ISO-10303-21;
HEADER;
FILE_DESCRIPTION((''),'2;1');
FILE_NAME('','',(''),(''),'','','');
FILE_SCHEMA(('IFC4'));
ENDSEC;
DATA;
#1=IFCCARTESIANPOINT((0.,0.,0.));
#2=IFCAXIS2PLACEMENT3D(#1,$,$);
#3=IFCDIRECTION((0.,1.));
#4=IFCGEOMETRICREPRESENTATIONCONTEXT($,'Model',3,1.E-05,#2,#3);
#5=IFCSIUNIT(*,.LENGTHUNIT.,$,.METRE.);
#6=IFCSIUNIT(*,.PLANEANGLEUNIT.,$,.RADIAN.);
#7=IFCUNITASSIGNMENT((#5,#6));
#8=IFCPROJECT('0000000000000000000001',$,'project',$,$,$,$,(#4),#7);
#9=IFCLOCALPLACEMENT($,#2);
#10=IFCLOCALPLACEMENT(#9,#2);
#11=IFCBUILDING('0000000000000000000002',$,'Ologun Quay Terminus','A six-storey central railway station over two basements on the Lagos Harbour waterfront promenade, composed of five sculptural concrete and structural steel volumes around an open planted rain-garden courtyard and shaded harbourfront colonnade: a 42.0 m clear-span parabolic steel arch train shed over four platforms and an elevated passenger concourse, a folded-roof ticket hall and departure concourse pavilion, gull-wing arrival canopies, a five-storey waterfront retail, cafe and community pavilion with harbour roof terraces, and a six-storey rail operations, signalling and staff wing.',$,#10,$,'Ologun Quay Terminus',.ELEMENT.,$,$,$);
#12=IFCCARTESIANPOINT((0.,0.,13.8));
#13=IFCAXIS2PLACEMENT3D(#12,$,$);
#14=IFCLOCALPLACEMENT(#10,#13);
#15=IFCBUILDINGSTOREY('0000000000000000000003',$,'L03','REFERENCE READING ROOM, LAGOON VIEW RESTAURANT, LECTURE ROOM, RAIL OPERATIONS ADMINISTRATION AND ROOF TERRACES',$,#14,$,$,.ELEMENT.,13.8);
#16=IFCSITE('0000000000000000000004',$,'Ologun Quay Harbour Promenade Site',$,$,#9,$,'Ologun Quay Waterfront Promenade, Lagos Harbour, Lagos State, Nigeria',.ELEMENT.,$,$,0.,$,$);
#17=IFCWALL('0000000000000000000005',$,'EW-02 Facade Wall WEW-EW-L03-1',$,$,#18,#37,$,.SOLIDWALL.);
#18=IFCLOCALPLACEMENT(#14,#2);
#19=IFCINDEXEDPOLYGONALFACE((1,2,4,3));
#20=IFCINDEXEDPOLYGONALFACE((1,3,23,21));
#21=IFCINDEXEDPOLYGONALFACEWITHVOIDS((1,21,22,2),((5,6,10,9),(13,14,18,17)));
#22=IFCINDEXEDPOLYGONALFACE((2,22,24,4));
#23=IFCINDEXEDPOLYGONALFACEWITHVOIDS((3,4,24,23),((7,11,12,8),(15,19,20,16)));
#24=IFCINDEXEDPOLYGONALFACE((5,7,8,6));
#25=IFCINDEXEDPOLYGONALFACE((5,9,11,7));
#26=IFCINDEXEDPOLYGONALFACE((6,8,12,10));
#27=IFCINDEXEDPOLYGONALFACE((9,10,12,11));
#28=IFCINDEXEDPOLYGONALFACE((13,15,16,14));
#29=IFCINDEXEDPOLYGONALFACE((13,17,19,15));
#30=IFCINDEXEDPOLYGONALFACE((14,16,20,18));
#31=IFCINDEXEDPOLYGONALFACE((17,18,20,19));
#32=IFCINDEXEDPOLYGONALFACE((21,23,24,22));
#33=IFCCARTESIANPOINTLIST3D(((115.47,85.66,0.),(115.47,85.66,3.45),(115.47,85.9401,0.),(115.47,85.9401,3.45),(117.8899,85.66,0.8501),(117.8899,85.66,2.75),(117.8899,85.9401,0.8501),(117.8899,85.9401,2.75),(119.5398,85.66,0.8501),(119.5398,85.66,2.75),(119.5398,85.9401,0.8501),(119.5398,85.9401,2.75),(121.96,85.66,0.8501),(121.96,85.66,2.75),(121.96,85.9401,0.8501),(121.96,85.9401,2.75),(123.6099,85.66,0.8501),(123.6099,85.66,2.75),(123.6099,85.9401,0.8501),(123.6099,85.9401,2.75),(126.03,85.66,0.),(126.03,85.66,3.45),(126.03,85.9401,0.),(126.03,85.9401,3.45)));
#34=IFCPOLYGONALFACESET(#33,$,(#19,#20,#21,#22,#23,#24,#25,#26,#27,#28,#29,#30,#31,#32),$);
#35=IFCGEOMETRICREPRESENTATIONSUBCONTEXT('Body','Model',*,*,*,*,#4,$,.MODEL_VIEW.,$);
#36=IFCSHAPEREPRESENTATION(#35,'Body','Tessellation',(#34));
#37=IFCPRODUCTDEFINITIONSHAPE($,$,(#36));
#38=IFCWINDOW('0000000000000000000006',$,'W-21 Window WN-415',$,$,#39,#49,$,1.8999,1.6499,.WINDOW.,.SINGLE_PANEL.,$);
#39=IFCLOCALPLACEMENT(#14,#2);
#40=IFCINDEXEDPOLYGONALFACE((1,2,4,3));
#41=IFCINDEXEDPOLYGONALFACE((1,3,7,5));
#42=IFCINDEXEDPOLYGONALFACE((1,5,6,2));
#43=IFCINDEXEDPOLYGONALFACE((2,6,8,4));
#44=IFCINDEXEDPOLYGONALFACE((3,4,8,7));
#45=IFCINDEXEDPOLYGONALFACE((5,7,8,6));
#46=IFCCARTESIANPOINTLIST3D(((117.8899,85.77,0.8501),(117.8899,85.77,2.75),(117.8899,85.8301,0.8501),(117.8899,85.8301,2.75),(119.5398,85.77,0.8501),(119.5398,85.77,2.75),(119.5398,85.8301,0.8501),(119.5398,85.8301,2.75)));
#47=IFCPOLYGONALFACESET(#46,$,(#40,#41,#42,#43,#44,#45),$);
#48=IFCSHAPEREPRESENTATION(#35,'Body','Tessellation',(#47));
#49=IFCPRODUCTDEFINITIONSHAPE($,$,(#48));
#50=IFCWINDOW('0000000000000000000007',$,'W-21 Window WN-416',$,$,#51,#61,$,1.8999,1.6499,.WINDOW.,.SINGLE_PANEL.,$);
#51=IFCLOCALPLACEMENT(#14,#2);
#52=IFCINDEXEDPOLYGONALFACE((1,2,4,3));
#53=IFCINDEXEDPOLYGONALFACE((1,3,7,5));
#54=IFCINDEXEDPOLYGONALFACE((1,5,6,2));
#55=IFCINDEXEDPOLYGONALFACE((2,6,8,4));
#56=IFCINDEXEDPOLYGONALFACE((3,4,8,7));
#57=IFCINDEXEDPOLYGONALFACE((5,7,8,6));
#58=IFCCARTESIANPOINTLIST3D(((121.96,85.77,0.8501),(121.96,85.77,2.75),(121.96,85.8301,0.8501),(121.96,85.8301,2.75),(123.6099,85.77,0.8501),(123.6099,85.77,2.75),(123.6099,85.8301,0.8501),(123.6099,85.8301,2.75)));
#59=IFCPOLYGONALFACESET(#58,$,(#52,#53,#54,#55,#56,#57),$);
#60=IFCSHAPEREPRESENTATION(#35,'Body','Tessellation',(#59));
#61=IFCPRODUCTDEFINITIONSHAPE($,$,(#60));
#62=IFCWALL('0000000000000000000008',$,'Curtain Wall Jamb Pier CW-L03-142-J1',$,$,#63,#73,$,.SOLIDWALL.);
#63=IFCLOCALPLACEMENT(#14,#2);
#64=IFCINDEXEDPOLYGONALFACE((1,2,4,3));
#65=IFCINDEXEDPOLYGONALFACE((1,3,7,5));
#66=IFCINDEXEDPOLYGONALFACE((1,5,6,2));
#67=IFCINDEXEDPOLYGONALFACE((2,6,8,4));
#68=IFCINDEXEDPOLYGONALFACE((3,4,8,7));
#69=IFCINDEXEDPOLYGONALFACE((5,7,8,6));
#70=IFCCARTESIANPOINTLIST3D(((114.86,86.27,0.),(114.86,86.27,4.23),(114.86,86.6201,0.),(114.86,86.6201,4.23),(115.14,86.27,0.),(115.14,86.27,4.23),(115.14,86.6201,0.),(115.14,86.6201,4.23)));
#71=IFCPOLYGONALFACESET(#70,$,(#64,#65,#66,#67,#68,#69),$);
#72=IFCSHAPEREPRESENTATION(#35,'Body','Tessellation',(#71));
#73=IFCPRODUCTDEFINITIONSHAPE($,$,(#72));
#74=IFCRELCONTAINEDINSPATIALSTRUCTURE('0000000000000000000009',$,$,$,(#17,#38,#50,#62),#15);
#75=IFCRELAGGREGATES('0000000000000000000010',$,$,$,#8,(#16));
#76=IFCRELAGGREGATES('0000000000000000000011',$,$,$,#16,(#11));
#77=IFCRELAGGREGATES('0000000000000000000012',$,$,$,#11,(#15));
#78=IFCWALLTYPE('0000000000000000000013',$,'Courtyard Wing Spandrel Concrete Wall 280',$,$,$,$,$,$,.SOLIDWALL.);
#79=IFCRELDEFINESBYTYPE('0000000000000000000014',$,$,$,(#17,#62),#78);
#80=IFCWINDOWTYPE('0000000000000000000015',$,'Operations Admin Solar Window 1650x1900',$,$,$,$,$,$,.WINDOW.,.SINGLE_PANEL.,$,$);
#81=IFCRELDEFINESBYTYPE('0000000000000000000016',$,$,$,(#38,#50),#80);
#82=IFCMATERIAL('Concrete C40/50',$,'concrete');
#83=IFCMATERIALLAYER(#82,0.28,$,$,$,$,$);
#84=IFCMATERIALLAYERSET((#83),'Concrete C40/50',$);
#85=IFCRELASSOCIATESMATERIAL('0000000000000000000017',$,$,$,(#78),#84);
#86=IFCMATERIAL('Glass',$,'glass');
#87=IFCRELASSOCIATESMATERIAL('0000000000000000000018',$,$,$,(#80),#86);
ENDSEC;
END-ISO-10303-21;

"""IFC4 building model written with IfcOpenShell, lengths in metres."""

from ifc_helpers import new_model, si_unit, direction, frame, frame_2d, origin, place, context, subcontext, project, spatial, rectangle, extrude, material, layer, layer_set, type_object, element, fill, save


model = new_model("IFC4")

# Units and contexts
model_context = context("Model", 3, precision=1e-05, world=origin(), true_north=direction((0.0, 1.0)))
body_context = subcontext(model_context, "Body", "Model", "MODEL_VIEW")
ifc_project = project(units=[si_unit("LENGTHUNIT", "METRE"), si_unit("PLANEANGLEUNIT", "RADIAN")], contexts=[model_context])

# Site, building, storey
site_placement = place(None, origin())
site = spatial("IfcSite", under=ifc_project, at=site_placement, Name="Ologun Quay Harbour Promenade Site", LongName="Ologun Quay Waterfront Promenade, Lagos Harbour, Lagos State, Nigeria", CompositionType="ELEMENT", RefElevation=0.0)
building_placement = place(site_placement, origin())
building = spatial("IfcBuilding", under=site, at=building_placement, Name="Ologun Quay Terminus", Description="A six-storey central railway station over two basements on the Lagos Harbour waterfront promenade, composed of five sculptural concrete and structural steel volumes around an open planted rain-garden courtyard and shaded harbourfront colonnade: a 42.0 m clear-span parabolic steel arch train shed over four platforms and an elevated passenger concourse, a folded-roof ticket hall and departure concourse pavilion, gull-wing arrival canopies, a five-storey waterfront retail, cafe and community pavilion with harbour roof terraces, and a six-storey rail operations, signalling and staff wing.", LongName="Ologun Quay Terminus", CompositionType="ELEMENT")
storey_placement = place(building_placement, frame((0.0, 0.0, 13.8)))
storey = spatial("IfcBuildingStorey", under=building, at=storey_placement, Name="L03", Description="REFERENCE READING ROOM, LAGOON VIEW RESTAURANT, LECTURE ROOM, RAIL OPERATIONS ADMINISTRATION AND ROOF TERRACES", CompositionType="ELEMENT", Elevation=13.8)

# Wall, openings, windows
ifc_material_1 = material(Name="Concrete C40/50", Category="concrete")
ifc_layer_1 = layer(ifc_material_1, 0.28)
ifc_layer_set_1 = layer_set([ifc_layer_1], Name="Concrete C40/50")
wall_type_1 = type_object("IfcWallType", Name="Courtyard Wing Spandrel Concrete Wall 280", PredefinedType="SOLIDWALL", material=ifc_layer_set_1)
wall_1_placement = place(storey_placement, frame((115.47, 85.8, 0.0), z_axis=(0.0, 0.0, 1.0), x_axis=(1.0, 0.0, 0.0)))
wall_1 = element("IfcWall", 1, at=wall_1_placement, inside=storey, type_object=wall_type_1, Name="EW-02 Facade Wall WEW-EW-L03-1", PredefinedType="SOLIDWALL", context=body_context, shape_type="SweptSolid", body=[
    extrude(rectangle(XDim=10.5601, YDim=0.28, at=frame_2d((5.28, 0.0))), origin(), (0.0, 0.0, 1.0), 3.45),
])
opening_1_placement = place(wall_1_placement, frame((2.4199, 0.0, 0.8501)))
opening_1 = element("IfcOpeningElement", 2, at=opening_1_placement, cuts=wall_1, PredefinedType="OPENING", context=body_context, shape_type="SweptSolid", body=[
    extrude(rectangle(XDim=1.6499, YDim=1.8999, at=frame_2d((0.825, 0.95))), frame((0.0, 0.1499, 0.0), z_axis=(0.0, -1.0, 0.0), x_axis=(1.0, 0.0, 0.0)), (0.0, 0.0, 1.0), 0.3),
])
opening_2_placement = place(wall_1_placement, frame((6.49, 0.0, 0.8501)))
opening_2 = element("IfcOpeningElement", 3, at=opening_2_placement, cuts=wall_1, PredefinedType="OPENING", context=body_context, shape_type="SweptSolid", body=[
    extrude(rectangle(XDim=1.6499, YDim=1.8999, at=frame_2d((0.825, 0.95))), frame((0.0, 0.1499, 0.0), z_axis=(0.0, -1.0, 0.0), x_axis=(1.0, 0.0, 0.0)), (0.0, 0.0, 1.0), 0.3),
])
ifc_material_2 = material(Name="Glass", Category="glass")
window_type = type_object("IfcWindowType", Name="Operations Admin Solar Window 1650x1900", PartitioningType="SINGLE_PANEL", PredefinedType="WINDOW", material=ifc_material_2)
window_1_placement = place(opening_1_placement, origin())
window_1 = element("IfcWindow", 4, at=window_1_placement, inside=storey, type_object=window_type, Name="W-21 Window WN-415", OverallHeight=1.8999, OverallWidth=1.6499, PartitioningType="SINGLE_PANEL", PredefinedType="WINDOW", context=body_context, shape_type="SweptSolid", body=[
    extrude(rectangle(XDim=1.6499, YDim=1.8999, at=frame_2d((0.825, 0.95))), frame((0.0, 0.03, 0.0), z_axis=(0.0, -1.0, 0.0), x_axis=(1.0, 0.0, 0.0)), (0.0, 0.0, 1.0), 0.0601),
])
fill(opening_1, window_1)
window_2_placement = place(opening_2_placement, origin())
window_2 = element("IfcWindow", 5, at=window_2_placement, inside=storey, type_object=window_type, Name="W-21 Window WN-416", OverallHeight=1.8999, OverallWidth=1.6499, PartitioningType="SINGLE_PANEL", PredefinedType="WINDOW", context=body_context, shape_type="SweptSolid", body=[
    extrude(rectangle(XDim=1.6499, YDim=1.8999, at=frame_2d((0.825, 0.95))), frame((0.0, 0.03, 0.0), z_axis=(0.0, -1.0, 0.0), x_axis=(1.0, 0.0, 0.0)), (0.0, 0.0, 1.0), 0.0601),
])
fill(opening_2, window_2)

# Wall
wall_2_placement = place(storey_placement, frame((115.0, 86.27, 0.0), z_axis=(0.0, 0.0, 1.0), x_axis=(0.0, 1.0, 0.0)))
element("IfcWall", 6, at=wall_2_placement, inside=storey, type_object=wall_type_1, Name="Curtain Wall Jamb Pier CW-L03-142-J1", PredefinedType="SOLIDWALL", context=body_context, shape_type="SweptSolid", body=[
    extrude(rectangle(XDim=0.3501, YDim=0.28, at=frame_2d((0.175, 0.0))), origin(), (0.0, 0.0, 1.0), 4.23),
])

save(model, "model.ifc")
